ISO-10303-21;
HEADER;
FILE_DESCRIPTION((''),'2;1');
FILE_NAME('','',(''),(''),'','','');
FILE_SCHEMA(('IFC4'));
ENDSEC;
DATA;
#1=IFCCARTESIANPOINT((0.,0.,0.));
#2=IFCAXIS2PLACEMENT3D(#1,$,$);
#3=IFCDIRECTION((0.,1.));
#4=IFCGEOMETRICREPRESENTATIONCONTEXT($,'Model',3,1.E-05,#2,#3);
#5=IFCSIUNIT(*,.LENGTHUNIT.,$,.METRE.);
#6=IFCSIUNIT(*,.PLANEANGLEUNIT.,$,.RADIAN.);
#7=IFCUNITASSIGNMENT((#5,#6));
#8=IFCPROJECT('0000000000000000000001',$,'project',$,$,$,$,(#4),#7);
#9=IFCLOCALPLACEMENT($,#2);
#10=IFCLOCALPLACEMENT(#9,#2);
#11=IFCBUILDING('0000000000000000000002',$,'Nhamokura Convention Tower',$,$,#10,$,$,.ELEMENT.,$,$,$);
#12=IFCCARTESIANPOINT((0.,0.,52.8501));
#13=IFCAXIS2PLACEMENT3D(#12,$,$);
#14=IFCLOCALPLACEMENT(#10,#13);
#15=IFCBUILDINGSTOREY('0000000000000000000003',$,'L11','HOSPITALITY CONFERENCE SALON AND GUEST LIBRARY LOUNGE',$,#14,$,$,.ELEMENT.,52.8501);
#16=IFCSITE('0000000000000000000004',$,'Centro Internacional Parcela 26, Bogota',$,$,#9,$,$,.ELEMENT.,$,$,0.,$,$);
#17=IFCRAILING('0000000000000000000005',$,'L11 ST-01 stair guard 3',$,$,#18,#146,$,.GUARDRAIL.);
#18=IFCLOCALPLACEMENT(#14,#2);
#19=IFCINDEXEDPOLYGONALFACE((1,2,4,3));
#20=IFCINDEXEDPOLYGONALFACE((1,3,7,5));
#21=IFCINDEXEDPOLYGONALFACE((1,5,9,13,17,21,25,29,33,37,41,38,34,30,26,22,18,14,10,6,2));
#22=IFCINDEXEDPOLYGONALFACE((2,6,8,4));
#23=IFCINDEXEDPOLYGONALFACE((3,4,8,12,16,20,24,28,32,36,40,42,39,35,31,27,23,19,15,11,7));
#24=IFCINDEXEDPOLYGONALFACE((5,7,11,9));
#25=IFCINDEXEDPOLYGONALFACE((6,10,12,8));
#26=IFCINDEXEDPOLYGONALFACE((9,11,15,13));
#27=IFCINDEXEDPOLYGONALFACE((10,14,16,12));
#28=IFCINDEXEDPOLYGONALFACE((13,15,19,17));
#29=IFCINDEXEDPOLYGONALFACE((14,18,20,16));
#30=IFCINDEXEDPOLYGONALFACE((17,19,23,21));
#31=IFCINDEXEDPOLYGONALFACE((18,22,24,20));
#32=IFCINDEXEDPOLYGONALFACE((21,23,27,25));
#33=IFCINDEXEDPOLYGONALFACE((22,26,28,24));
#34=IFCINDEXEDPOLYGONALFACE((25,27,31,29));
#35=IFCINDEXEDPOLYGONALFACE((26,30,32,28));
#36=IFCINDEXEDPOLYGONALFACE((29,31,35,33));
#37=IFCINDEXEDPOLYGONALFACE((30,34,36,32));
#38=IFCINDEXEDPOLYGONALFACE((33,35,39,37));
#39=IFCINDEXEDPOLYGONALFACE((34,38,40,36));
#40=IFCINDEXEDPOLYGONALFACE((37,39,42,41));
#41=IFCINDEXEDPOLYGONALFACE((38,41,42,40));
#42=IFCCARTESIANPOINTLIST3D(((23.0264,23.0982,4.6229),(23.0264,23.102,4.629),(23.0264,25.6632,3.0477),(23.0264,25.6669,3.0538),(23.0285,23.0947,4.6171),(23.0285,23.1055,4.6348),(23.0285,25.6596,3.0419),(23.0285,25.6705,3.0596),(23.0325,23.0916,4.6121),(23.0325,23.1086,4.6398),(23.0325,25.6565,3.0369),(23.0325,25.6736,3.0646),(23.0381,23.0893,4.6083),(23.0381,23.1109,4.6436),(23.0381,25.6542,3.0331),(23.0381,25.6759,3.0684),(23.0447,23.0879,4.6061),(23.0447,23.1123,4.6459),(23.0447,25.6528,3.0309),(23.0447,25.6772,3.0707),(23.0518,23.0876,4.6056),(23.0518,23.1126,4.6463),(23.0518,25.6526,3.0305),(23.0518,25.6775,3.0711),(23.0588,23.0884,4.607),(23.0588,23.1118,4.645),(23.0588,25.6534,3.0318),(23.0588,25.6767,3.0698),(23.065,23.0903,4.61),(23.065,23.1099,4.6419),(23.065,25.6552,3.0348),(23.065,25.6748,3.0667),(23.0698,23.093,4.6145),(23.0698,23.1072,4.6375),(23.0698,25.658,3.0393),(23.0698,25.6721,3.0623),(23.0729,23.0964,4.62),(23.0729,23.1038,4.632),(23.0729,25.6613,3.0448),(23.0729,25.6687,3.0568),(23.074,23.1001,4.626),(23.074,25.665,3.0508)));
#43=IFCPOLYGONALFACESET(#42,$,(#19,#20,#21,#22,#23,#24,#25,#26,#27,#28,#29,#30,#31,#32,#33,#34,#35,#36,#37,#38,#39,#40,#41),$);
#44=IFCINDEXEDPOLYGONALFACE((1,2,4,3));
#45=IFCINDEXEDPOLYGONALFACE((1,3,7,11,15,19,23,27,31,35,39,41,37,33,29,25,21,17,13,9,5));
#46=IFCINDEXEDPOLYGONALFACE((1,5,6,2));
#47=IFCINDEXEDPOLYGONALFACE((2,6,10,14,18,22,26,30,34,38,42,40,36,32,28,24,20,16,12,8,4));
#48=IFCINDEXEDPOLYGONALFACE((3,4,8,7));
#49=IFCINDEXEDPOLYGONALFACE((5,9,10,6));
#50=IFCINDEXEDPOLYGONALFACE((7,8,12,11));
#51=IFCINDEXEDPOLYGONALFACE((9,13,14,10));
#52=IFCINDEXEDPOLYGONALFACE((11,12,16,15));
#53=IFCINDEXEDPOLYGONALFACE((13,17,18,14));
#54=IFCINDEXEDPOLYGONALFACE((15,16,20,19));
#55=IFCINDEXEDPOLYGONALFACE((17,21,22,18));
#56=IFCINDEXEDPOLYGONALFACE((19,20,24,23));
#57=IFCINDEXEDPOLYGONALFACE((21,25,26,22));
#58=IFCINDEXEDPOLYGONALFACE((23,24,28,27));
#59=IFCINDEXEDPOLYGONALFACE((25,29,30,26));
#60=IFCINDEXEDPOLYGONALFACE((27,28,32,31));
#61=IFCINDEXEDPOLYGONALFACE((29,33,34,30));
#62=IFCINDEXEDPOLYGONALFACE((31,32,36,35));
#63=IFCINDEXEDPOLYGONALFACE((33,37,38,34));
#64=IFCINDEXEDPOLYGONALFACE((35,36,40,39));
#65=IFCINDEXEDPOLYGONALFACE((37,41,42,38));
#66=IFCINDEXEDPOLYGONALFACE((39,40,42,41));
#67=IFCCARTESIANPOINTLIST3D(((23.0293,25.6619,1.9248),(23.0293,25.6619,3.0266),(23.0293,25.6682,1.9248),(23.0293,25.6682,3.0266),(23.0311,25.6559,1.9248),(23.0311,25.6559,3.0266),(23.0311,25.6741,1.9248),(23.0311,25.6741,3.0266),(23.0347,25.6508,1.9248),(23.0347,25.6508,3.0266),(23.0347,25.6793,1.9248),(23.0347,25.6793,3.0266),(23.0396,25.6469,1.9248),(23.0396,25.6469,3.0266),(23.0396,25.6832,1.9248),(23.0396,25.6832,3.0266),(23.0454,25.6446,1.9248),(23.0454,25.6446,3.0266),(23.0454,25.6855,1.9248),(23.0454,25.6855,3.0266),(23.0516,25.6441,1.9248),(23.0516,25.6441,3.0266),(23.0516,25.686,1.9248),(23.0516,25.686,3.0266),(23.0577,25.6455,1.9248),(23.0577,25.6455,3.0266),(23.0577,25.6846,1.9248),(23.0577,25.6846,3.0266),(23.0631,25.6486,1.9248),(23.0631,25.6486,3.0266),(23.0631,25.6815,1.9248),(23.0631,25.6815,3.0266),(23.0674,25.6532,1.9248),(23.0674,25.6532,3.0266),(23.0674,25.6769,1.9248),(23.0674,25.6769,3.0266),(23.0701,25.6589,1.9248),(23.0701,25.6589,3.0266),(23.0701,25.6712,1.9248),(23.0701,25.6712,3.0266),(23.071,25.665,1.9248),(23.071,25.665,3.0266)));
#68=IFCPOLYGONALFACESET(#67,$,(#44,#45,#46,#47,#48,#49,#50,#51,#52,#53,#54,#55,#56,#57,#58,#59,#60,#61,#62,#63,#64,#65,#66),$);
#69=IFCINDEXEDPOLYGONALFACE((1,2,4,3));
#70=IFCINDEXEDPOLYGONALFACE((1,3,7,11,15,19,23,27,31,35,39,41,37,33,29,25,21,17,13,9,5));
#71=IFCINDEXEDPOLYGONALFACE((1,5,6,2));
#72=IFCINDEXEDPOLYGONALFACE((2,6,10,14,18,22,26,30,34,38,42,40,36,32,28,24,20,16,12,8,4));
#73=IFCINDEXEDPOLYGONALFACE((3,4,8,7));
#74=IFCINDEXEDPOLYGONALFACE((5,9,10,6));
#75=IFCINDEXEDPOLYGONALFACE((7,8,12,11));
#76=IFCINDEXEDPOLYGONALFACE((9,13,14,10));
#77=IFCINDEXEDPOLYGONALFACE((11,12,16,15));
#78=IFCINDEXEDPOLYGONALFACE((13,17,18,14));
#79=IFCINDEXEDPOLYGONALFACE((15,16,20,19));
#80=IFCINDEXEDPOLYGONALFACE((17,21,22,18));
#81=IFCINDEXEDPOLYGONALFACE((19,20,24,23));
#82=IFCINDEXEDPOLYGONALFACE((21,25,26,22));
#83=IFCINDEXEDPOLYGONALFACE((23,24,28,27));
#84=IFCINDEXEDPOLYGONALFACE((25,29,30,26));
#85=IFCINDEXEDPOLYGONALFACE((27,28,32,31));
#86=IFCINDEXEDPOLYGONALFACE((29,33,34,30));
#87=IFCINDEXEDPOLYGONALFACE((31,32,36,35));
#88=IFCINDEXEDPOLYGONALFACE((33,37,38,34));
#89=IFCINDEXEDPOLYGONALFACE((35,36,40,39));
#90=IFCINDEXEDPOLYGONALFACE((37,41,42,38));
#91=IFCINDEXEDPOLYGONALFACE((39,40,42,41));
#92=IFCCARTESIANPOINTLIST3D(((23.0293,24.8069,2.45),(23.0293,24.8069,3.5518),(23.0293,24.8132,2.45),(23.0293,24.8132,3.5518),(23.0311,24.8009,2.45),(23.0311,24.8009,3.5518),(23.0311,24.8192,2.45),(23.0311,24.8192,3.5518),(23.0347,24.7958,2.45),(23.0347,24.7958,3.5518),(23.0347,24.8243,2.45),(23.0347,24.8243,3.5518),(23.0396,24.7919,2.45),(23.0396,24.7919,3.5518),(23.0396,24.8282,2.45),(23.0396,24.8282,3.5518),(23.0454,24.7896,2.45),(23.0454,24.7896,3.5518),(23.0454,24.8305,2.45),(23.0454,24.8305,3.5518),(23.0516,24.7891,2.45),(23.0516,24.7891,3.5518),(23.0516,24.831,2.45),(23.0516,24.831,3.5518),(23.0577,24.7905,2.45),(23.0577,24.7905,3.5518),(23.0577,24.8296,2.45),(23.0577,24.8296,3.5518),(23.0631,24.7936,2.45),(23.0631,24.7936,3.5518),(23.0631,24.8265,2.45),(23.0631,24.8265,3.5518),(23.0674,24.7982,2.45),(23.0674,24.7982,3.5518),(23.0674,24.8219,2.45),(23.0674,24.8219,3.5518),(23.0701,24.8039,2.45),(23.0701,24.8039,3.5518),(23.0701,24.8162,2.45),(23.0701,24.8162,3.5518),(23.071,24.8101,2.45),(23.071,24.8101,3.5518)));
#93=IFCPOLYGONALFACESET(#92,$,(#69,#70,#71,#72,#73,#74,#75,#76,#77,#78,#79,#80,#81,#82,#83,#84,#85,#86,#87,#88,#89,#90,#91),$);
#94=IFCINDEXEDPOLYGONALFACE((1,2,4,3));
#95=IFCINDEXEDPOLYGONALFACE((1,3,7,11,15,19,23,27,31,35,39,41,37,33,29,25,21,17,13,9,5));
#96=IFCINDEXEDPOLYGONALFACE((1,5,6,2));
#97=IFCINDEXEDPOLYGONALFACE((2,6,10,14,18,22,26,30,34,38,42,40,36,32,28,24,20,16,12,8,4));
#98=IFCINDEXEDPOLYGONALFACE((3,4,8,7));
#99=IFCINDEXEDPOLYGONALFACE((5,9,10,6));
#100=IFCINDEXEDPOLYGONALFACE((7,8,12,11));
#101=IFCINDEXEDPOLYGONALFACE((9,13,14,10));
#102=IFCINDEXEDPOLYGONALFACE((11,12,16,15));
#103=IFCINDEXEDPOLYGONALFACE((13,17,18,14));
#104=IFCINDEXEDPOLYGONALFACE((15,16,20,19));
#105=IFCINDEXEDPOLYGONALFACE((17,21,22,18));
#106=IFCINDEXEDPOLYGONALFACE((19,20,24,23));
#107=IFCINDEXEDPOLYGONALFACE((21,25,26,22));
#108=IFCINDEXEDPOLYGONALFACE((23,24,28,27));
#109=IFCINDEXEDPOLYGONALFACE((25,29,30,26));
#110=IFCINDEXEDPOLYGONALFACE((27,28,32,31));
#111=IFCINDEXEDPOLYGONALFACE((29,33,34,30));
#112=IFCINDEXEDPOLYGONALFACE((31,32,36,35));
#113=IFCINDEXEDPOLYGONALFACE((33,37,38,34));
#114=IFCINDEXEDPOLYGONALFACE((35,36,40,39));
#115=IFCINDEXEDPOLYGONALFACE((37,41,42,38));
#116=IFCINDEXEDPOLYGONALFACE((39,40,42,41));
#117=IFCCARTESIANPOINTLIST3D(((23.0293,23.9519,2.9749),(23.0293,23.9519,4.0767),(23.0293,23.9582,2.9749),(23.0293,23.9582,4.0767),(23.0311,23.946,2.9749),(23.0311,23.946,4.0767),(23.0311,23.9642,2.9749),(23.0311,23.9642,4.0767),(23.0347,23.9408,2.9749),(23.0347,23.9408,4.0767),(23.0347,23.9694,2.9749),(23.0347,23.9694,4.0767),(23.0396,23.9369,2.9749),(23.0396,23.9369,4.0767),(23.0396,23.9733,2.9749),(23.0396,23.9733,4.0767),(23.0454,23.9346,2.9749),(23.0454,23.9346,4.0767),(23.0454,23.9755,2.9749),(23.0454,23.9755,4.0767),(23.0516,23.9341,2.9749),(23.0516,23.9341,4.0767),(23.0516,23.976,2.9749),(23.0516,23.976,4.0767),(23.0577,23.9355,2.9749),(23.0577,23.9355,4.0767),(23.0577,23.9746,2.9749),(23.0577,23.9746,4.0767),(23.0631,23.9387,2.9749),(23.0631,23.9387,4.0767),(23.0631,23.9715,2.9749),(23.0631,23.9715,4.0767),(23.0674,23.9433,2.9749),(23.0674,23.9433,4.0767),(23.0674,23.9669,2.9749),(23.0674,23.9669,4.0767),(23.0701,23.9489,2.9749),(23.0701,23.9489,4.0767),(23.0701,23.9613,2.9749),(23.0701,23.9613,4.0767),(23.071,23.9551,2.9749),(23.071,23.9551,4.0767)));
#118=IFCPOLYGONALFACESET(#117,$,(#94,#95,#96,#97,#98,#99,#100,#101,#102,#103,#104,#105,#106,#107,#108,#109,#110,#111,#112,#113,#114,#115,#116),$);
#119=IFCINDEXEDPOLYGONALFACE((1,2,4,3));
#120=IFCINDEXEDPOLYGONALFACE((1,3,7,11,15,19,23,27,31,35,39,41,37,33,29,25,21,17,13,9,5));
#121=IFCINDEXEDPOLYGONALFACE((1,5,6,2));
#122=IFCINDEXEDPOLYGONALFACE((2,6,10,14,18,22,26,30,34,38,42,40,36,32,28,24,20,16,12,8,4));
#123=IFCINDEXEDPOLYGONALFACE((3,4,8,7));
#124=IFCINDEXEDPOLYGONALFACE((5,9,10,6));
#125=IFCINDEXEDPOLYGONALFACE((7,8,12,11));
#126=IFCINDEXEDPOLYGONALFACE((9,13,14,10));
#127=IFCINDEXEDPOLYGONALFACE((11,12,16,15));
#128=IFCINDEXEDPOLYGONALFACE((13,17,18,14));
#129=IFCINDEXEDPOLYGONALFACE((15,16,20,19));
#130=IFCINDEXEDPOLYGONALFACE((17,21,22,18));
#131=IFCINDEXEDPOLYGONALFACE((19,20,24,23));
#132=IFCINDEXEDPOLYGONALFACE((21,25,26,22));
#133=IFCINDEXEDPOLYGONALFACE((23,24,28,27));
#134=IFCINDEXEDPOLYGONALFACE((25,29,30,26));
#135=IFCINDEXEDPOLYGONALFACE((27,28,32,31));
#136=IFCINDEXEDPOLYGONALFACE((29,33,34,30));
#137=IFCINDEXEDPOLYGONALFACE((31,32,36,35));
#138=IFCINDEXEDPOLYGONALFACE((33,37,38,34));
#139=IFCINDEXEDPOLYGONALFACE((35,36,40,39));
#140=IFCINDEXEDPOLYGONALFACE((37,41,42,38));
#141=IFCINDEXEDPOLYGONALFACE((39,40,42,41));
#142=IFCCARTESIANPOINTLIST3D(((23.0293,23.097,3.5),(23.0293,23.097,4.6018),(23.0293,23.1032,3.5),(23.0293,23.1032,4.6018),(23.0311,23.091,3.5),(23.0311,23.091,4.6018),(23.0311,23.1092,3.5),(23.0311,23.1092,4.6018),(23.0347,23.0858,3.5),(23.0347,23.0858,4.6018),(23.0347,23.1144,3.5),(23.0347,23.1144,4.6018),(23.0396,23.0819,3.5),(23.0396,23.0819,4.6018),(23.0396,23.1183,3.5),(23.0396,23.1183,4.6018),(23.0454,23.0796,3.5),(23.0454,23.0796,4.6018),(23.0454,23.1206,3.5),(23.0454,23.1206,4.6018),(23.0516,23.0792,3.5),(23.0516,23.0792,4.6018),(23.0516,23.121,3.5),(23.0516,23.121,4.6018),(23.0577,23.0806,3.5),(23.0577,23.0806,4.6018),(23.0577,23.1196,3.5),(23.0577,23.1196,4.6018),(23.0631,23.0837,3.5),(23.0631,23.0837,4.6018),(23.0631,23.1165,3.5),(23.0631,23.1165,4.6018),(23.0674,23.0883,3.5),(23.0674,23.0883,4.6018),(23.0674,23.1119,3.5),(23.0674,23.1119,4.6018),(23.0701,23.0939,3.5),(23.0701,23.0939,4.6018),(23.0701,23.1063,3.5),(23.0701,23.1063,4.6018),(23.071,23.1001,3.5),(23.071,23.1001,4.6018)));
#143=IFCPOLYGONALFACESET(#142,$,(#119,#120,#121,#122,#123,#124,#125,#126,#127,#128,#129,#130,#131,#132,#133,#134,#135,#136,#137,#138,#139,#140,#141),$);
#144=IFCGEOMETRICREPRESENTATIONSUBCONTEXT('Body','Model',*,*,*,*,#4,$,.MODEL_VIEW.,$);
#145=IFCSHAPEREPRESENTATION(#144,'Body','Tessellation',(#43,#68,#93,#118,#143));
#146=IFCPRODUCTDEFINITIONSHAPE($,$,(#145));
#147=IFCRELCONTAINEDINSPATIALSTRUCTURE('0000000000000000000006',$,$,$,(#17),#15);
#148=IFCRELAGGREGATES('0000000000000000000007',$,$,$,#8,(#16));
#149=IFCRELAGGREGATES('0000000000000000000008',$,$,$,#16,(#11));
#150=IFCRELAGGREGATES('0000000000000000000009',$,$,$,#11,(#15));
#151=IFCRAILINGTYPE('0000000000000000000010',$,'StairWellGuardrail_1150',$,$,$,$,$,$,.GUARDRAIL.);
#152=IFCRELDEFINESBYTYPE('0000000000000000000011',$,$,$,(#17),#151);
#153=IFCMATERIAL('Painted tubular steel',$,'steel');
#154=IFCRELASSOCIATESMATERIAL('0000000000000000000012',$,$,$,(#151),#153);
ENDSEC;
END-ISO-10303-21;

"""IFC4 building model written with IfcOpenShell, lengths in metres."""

from ifc_helpers import new_model, si_unit, direction, frame, origin, origin_2d, place, context, subcontext, project, spatial, circle, extrude, material, type_object, element, save


model = new_model("IFC4")

# Units and contexts
model_context = context("Model", 3, precision=1e-05, world=origin(), true_north=direction((0.0, 1.0)))
body_context = subcontext(model_context, "Body", "Model", "MODEL_VIEW")
ifc_project = project(units=[si_unit("LENGTHUNIT", "METRE"), si_unit("PLANEANGLEUNIT", "RADIAN")], contexts=[model_context])

# Site, building, storey
site_placement = place(None, origin())
site = spatial("IfcSite", under=ifc_project, at=site_placement, Name="Centro Internacional Parcela 26, Bogota", CompositionType="ELEMENT", RefElevation=0.0)
building_placement = place(site_placement, origin())
building = spatial("IfcBuilding", under=site, at=building_placement, Name="Nhamokura Convention Tower", CompositionType="ELEMENT")
storey_placement = place(building_placement, frame((0.0, 0.0, 52.8501)))
storey = spatial("IfcBuildingStorey", under=building, at=storey_placement, Name="L11", Description="HOSPITALITY CONFERENCE SALON AND GUEST LIBRARY LOUNGE", CompositionType="ELEMENT", Elevation=52.8501)

# Railing
ifc_material_1 = material(Name="Painted tubular steel", Category="steel")
railing_type_1 = type_object("IfcRailingType", Name="StairWellGuardrail_1150", PredefinedType="GUARDRAIL", material=ifc_material_1)
railing_1_placement = place(storey_placement, frame((23.05, 25.665, 1.9248)))
element("IfcRailing", 1, at=railing_1_placement, inside=storey, type_object=railing_type_1, Name="L11 ST-01 stair guard 3", PredefinedType="GUARDRAIL", context=body_context, shape_type="SweptSolid", body=[
    extrude(circle(Radius=0.0239, at=origin_2d()), frame((0.0, 0.0, 1.126), z_axis=(0.0, -0.852137, 0.523319), x_axis=(1.0, 0.0, 0.0)), (0.0, 0.0, 1.0), 3.01),
    extrude(circle(Radius=0.021, at=origin_2d()), origin(), (0.0, 0.0, 1.0), 1.1018),
    extrude(circle(Radius=0.021, at=origin_2d()), frame((0.0, -0.855, 0.5251)), (0.0, 0.0, 1.0), 1.1018),
    extrude(circle(Radius=0.021, at=origin_2d()), frame((0.0, -1.71, 1.05)), (0.0, 0.0, 1.0), 1.1018),
    extrude(circle(Radius=0.021, at=origin_2d()), frame((0.0, -2.5649, 1.5752)), (0.0, 0.0, 1.0), 1.1018),
])

save(model, "model.ifc")
